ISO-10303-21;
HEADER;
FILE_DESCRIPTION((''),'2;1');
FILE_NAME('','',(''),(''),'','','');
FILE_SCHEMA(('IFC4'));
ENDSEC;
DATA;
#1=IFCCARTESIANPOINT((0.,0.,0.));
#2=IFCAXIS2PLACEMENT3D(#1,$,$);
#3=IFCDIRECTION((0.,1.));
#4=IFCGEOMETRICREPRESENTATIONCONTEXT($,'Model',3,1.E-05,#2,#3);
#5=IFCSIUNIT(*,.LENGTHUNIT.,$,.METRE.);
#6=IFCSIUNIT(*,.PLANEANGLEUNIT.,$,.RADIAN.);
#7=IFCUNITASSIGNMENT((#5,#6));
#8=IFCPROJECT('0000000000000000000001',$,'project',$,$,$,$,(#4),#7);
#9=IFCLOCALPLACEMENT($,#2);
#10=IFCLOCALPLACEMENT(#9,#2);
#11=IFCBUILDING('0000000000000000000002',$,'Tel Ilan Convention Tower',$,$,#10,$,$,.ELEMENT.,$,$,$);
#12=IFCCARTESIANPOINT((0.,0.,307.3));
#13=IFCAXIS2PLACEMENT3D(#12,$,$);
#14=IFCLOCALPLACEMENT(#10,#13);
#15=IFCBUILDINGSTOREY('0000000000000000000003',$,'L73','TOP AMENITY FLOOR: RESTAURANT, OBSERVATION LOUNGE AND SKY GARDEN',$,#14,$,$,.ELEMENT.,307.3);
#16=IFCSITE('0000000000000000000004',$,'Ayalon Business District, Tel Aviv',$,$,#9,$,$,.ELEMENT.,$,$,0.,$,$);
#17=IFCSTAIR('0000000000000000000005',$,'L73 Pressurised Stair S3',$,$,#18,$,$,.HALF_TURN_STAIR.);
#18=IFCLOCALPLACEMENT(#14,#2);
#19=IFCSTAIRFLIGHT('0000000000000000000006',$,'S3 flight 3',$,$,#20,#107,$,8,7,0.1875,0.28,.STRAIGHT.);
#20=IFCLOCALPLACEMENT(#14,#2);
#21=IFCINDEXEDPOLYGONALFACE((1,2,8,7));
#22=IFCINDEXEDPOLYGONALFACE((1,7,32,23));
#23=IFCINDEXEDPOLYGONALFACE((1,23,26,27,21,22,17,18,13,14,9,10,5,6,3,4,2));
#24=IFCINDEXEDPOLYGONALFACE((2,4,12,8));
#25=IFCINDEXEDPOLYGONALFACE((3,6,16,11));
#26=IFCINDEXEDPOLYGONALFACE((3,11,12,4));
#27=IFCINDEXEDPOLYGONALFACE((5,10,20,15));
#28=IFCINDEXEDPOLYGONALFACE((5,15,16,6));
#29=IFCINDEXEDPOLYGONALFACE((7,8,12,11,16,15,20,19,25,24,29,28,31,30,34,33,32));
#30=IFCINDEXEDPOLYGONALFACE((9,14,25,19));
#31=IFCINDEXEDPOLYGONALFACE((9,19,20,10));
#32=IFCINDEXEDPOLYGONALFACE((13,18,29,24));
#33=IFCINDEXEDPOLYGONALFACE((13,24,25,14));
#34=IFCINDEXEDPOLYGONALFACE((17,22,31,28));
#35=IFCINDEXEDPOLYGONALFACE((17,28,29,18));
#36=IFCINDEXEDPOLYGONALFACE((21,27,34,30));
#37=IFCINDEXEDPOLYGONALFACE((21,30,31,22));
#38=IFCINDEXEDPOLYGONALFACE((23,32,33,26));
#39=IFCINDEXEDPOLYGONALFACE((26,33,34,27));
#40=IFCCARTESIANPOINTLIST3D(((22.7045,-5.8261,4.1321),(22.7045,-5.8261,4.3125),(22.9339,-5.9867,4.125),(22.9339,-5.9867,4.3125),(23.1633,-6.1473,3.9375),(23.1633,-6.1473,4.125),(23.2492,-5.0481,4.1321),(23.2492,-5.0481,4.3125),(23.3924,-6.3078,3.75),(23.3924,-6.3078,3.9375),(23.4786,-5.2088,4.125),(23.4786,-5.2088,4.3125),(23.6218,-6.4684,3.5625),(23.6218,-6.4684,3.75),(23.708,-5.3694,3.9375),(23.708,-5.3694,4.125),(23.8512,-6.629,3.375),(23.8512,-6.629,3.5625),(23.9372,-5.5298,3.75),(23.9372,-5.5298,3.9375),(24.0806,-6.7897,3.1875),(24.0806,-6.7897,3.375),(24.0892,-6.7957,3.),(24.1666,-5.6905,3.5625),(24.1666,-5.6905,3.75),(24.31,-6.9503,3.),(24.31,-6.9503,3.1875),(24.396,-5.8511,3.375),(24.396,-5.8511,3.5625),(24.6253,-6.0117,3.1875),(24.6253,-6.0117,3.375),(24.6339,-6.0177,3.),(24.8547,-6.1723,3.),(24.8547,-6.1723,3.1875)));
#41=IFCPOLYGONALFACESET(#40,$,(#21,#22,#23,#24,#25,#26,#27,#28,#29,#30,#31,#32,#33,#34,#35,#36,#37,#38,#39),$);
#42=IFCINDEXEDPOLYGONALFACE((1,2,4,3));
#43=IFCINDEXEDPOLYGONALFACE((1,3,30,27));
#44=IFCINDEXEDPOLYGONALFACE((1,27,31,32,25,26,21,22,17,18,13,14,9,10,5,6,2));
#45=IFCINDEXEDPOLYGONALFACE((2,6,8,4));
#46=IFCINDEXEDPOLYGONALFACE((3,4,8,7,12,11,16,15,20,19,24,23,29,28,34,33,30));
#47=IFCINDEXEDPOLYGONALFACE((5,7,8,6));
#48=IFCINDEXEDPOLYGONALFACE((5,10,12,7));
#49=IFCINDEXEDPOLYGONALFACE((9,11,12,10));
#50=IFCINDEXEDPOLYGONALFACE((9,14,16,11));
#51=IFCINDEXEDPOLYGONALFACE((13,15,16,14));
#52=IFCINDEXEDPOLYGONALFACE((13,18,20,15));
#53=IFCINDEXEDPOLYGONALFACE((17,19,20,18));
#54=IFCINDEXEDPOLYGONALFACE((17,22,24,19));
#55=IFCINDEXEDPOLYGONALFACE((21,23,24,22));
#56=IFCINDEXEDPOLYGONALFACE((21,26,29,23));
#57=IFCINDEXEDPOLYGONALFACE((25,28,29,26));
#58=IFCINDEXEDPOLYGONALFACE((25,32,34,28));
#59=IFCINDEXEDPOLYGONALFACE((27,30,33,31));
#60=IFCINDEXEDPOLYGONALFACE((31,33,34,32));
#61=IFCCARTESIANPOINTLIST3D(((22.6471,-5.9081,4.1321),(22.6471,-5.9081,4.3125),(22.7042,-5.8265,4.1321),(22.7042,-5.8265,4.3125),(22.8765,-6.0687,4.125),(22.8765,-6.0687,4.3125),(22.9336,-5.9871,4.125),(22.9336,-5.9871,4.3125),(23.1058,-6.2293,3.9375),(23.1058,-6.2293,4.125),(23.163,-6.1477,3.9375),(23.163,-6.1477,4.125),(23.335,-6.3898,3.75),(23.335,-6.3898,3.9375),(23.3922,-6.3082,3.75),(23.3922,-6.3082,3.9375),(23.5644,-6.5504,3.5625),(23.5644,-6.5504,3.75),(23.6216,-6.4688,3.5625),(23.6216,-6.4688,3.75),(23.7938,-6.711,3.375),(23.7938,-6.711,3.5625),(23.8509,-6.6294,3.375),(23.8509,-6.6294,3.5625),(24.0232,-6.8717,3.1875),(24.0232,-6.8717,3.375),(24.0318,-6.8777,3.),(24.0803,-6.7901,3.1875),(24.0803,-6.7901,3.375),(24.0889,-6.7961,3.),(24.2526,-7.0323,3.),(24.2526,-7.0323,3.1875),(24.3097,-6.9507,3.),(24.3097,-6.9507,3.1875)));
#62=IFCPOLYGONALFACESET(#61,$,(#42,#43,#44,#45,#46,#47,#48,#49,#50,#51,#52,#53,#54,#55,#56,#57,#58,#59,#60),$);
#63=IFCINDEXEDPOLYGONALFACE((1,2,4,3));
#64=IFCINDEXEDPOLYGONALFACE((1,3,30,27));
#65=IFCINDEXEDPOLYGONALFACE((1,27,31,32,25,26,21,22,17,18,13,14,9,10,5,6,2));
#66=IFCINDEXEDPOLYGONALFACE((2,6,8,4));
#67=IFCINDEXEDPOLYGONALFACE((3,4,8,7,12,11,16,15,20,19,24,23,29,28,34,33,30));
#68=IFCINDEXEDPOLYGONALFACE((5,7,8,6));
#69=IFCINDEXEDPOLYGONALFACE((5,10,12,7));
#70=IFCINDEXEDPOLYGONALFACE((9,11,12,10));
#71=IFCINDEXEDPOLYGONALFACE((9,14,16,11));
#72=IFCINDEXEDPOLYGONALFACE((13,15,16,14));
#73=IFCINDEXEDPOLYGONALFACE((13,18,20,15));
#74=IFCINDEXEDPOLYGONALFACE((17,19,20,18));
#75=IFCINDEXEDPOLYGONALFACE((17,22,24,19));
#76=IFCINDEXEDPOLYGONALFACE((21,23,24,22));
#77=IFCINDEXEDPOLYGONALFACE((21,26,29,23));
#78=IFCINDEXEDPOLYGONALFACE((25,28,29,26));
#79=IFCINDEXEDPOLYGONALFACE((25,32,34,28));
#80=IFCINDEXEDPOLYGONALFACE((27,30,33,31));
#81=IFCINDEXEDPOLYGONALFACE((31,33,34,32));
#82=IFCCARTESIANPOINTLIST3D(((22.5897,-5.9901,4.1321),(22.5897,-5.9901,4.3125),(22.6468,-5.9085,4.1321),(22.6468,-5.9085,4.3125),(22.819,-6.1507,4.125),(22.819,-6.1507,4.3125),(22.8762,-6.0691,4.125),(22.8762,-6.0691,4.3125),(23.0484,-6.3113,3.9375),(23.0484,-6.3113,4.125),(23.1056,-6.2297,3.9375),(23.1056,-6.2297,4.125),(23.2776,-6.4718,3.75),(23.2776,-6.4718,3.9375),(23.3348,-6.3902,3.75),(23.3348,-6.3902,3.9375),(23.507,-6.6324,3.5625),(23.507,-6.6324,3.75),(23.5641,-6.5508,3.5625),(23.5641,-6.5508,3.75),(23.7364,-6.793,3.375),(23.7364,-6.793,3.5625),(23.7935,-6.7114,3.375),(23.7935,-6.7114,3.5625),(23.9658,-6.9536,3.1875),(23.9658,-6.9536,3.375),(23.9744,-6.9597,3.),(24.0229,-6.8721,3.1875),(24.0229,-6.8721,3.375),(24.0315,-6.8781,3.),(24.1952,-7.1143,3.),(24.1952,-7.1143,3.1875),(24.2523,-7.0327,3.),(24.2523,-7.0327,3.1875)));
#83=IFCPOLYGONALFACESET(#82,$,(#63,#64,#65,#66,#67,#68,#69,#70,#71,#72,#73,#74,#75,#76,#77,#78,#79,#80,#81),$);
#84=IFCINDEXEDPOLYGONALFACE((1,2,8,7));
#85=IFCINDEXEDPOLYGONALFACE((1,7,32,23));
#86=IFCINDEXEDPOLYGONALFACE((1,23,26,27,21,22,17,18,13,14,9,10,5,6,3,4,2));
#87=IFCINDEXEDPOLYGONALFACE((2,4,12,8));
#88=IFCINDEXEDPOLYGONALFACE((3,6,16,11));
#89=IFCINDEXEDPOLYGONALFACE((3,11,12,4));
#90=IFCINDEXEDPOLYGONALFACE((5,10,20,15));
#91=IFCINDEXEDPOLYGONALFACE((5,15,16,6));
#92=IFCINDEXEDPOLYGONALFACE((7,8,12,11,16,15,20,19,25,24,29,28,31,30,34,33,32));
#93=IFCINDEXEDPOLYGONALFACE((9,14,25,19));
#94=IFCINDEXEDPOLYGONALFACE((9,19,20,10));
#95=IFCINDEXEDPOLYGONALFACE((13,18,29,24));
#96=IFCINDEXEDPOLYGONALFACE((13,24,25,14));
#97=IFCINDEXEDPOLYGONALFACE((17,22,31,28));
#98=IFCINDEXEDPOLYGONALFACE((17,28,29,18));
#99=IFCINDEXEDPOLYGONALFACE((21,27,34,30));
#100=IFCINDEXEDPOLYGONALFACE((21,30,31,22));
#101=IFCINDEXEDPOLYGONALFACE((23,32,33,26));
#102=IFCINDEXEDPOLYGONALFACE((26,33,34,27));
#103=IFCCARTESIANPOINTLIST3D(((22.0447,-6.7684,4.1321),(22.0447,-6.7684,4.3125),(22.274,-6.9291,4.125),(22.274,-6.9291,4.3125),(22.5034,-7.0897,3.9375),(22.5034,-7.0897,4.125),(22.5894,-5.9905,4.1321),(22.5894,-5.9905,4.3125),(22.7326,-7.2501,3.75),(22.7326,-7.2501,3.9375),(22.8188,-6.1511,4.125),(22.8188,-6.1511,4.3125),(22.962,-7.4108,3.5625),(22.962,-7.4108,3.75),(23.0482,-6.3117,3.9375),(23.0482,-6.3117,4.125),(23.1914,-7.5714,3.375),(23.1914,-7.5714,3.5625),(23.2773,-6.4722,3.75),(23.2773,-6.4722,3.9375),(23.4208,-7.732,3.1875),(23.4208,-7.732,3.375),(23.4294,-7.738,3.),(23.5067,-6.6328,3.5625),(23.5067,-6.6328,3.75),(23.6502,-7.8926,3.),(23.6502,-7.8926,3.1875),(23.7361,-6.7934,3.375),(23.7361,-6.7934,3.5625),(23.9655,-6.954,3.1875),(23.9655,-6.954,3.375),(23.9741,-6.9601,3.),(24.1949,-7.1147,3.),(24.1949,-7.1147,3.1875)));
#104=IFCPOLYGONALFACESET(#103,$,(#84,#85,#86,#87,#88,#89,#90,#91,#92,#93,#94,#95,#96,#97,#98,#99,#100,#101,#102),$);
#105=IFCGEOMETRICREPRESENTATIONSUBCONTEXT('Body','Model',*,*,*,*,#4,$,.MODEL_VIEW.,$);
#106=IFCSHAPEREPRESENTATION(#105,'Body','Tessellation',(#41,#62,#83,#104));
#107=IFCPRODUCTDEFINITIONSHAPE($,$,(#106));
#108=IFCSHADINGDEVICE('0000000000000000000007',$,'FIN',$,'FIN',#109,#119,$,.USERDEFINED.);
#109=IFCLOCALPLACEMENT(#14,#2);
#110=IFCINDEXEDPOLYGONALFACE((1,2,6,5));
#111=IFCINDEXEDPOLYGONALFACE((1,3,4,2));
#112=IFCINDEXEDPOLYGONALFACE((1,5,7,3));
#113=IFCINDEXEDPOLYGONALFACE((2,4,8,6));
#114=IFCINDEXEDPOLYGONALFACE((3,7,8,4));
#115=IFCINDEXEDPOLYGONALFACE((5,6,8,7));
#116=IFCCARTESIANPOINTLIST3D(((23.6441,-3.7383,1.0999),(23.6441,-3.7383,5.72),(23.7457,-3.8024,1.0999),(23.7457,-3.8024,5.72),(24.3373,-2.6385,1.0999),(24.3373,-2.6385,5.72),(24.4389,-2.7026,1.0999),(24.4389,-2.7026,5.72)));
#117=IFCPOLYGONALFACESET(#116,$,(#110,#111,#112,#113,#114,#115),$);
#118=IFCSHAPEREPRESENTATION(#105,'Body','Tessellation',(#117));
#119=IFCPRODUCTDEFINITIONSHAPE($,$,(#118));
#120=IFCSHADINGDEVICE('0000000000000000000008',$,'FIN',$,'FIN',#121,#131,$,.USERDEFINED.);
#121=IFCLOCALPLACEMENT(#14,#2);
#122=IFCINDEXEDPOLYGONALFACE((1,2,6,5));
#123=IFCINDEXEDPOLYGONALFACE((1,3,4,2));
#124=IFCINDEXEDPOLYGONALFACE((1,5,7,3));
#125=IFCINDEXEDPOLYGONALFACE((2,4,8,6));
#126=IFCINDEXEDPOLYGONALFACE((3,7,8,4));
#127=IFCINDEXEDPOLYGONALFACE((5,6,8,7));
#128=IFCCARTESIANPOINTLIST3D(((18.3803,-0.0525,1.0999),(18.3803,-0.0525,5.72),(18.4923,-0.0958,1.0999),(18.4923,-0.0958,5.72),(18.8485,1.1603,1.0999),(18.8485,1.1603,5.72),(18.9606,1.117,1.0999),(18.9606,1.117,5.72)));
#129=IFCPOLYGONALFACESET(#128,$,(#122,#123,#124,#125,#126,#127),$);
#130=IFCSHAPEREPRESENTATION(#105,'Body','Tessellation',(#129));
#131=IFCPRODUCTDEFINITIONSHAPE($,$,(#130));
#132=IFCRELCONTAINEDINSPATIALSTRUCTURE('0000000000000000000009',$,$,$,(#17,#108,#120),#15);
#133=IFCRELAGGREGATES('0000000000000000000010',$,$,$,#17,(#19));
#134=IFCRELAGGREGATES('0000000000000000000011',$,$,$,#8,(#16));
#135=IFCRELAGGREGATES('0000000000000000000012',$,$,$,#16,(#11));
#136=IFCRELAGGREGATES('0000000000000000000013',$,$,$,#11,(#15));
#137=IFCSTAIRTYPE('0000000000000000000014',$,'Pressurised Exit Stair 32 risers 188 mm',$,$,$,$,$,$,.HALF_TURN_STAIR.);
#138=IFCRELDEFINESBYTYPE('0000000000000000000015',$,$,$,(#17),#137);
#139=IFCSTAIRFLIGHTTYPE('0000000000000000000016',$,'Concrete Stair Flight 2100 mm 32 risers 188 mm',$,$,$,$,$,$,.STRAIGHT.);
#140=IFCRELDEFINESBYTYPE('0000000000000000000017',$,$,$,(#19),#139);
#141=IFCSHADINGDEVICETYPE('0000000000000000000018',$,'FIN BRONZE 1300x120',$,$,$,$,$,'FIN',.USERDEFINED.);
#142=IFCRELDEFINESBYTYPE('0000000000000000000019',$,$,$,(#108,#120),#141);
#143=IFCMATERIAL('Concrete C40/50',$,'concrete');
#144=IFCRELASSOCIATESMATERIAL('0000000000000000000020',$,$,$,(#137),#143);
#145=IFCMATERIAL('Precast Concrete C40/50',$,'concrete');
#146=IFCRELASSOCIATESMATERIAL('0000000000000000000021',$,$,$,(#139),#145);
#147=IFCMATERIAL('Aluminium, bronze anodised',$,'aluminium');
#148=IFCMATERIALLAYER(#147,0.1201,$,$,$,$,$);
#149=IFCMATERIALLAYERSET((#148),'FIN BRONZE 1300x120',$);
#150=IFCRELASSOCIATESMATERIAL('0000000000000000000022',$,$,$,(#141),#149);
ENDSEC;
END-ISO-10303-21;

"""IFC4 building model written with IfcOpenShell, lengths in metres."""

from ifc_helpers import new_model, si_unit, direction, frame, origin, origin_2d, place, context, subcontext, project, spatial, polyline, rectangle, outline, extrude, material, layer, layer_set, type_object, element, aggregate, save


model = new_model("IFC4")

# Units and contexts
model_context = context("Model", 3, precision=1e-05, world=origin(), true_north=direction((0.0, 1.0)))
body_context = subcontext(model_context, "Body", "Model", "MODEL_VIEW")
ifc_project = project(units=[si_unit("LENGTHUNIT", "METRE"), si_unit("PLANEANGLEUNIT", "RADIAN")], contexts=[model_context])

# Site, building, storey
site_placement = place(None, origin())
site = spatial("IfcSite", under=ifc_project, at=site_placement, Name="Ayalon Business District, Tel Aviv", CompositionType="ELEMENT", RefElevation=0.0)
building_placement = place(site_placement, origin())
building = spatial("IfcBuilding", under=site, at=building_placement, Name="Tel Ilan Convention Tower", CompositionType="ELEMENT")
storey_placement = place(building_placement, frame((0.0, 0.0, 307.3)))
storey = spatial("IfcBuildingStorey", under=building, at=storey_placement, Name="L73", Description="TOP AMENITY FLOOR: RESTAURANT, OBSERVATION LOUNGE AND SKY GARDEN", CompositionType="ELEMENT", Elevation=307.3)

# Stair, stair flight
ifc_material_1 = material(Name="Concrete C40/50", Category="concrete")
stair_type = type_object("IfcStairType", Name="Pressurised Exit Stair 32 risers 188 mm", PredefinedType="HALF_TURN_STAIR", material=ifc_material_1)
stair_placement = place(storey_placement, origin())
stair = element("IfcStair", 1, at=stair_placement, inside=storey, type_object=stair_type, Name="L73 Pressurised Stair S3", PredefinedType="HALF_TURN_STAIR")
ifc_material_2 = material(Name="Precast Concrete C40/50", Category="concrete")
stair_flight_type = type_object("IfcStairFlightType", Name="Concrete Stair Flight 2100 mm 32 risers 188 mm", PredefinedType="STRAIGHT", material=ifc_material_2)
stair_flight_1_placement = place(storey_placement, frame((24.2524, -7.0325, 3.0), z_axis=(0.0, 0.0, 1.0), x_axis=(-0.819152, 0.573576, 0.0)))
stair_flight_1 = element("IfcStairFlight", 2, at=stair_flight_1_placement, type_object=stair_flight_type, Name="S3 flight 3", NumberOfRisers=8, NumberOfTreads=7, PredefinedType="STRAIGHT", RiserHeight=0.1875, TreadLength=0.28, context=body_context, shape_type="SweptSolid", body=[
    extrude(outline(polyline([(0.0, 0.0), (0.0, 0.1875), (0.28, 0.1875), (0.28, 0.375), (0.5601, 0.375), (0.5601, 0.5625), (0.8401, 0.5625), (0.8401, 0.75), (1.1201, 0.75), (1.1201, 0.9375), (1.3999, 0.9375), (1.3999, 1.125), (1.6799, 1.125), (1.6799, 1.3125), (1.96, 1.3125), (1.96, 1.5), (1.96, 1.1321), (0.2695, 0.0), (0.0, 0.0)])), frame((0.0, -0.1003, 0.0), z_axis=(0.0, -1.0, 0.0), x_axis=(1.0, 0.0, 0.0)), (0.0, 0.0, 1.0), 0.9497),
    extrude(outline(polyline([(0.0, 0.0), (0.0, 0.1875), (0.28, 0.1875), (0.28, 0.375), (0.5601, 0.375), (0.5601, 0.5625), (0.8401, 0.5625), (0.8401, 0.75), (1.1201, 0.75), (1.1201, 0.9375), (1.3999, 0.9375), (1.3999, 1.125), (1.6799, 1.125), (1.6799, 1.3125), (1.96, 1.3125), (1.96, 1.5), (1.96, 1.1321), (0.2695, 0.0), (0.0, 0.0)])), frame((0.0, -0.0002, 0.0), z_axis=(0.0, -1.0, 0.0), x_axis=(1.0, 0.0, 0.0)), (0.0, 0.0, 1.0), 0.0996),
    extrude(outline(polyline([(0.0, 0.0), (0.0, 0.1875), (0.28, 0.1875), (0.28, 0.375), (0.5601, 0.375), (0.5601, 0.5625), (0.8401, 0.5625), (0.8401, 0.75), (1.1201, 0.75), (1.1201, 0.9375), (1.3999, 0.9375), (1.3999, 1.125), (1.6799, 1.125), (1.6799, 1.3125), (1.96, 1.3125), (1.96, 1.5), (1.96, 1.1321), (0.2695, 0.0), (0.0, 0.0)])), frame((0.0, 0.0999, 0.0), z_axis=(0.0, -1.0, 0.0), x_axis=(1.0, 0.0, 0.0)), (0.0, 0.0, 1.0), 0.0996),
    extrude(outline(polyline([(0.0, 0.0), (0.0, 0.1875), (0.28, 0.1875), (0.28, 0.375), (0.5601, 0.375), (0.5601, 0.5625), (0.8401, 0.5625), (0.8401, 0.75), (1.1201, 0.75), (1.1201, 0.9375), (1.3999, 0.9375), (1.3999, 1.125), (1.6799, 1.125), (1.6799, 1.3125), (1.96, 1.3125), (1.96, 1.5), (1.96, 1.1321), (0.2695, 0.0), (0.0, 0.0)])), frame((0.0, 1.05, 0.0), z_axis=(0.0, -1.0, 0.0), x_axis=(1.0, 0.0, 0.0)), (0.0, 0.0, 1.0), 0.9497),
])
aggregate(stair, [stair_flight_1])

# Shading devices
ifc_material_3 = material(Name="Aluminium, bronze anodised", Category="aluminium")
ifc_layer_1 = layer(ifc_material_3, 0.1201)
ifc_layer_set_1 = layer_set([ifc_layer_1], Name="FIN BRONZE 1300x120")
shading_device_type = type_object("IfcShadingDeviceType", Name="FIN BRONZE 1300x120", ElementType="FIN", PredefinedType="USERDEFINED", material=ifc_layer_set_1)
for number, where, z_axis, x_axis, name in (
    (3, (24.0415, -3.2205, 1.0999), (0.0, 0.0, 1.0), (0.533204, 0.845986, 0.0), "FIN"),
    (4, (18.6704, 0.5322, 1.0999), (0.0, 0.0, 1.0), (0.360178, 0.932884, 0.0), "FIN"),
):
    element("IfcShadingDevice", number, at=place(storey_placement, frame(where, z_axis=z_axis, x_axis=x_axis)), inside=storey, type_object=shading_device_type, Name=name, ObjectType="FIN", PredefinedType="USERDEFINED", context=body_context, shape_type="SweptSolid", body=[
        extrude(rectangle(XDim=1.3, YDim=0.1201, at=origin_2d()), origin(), (0.0, 0.0, 1.0), 4.6201),
    ])

save(model, "model.ifc")
